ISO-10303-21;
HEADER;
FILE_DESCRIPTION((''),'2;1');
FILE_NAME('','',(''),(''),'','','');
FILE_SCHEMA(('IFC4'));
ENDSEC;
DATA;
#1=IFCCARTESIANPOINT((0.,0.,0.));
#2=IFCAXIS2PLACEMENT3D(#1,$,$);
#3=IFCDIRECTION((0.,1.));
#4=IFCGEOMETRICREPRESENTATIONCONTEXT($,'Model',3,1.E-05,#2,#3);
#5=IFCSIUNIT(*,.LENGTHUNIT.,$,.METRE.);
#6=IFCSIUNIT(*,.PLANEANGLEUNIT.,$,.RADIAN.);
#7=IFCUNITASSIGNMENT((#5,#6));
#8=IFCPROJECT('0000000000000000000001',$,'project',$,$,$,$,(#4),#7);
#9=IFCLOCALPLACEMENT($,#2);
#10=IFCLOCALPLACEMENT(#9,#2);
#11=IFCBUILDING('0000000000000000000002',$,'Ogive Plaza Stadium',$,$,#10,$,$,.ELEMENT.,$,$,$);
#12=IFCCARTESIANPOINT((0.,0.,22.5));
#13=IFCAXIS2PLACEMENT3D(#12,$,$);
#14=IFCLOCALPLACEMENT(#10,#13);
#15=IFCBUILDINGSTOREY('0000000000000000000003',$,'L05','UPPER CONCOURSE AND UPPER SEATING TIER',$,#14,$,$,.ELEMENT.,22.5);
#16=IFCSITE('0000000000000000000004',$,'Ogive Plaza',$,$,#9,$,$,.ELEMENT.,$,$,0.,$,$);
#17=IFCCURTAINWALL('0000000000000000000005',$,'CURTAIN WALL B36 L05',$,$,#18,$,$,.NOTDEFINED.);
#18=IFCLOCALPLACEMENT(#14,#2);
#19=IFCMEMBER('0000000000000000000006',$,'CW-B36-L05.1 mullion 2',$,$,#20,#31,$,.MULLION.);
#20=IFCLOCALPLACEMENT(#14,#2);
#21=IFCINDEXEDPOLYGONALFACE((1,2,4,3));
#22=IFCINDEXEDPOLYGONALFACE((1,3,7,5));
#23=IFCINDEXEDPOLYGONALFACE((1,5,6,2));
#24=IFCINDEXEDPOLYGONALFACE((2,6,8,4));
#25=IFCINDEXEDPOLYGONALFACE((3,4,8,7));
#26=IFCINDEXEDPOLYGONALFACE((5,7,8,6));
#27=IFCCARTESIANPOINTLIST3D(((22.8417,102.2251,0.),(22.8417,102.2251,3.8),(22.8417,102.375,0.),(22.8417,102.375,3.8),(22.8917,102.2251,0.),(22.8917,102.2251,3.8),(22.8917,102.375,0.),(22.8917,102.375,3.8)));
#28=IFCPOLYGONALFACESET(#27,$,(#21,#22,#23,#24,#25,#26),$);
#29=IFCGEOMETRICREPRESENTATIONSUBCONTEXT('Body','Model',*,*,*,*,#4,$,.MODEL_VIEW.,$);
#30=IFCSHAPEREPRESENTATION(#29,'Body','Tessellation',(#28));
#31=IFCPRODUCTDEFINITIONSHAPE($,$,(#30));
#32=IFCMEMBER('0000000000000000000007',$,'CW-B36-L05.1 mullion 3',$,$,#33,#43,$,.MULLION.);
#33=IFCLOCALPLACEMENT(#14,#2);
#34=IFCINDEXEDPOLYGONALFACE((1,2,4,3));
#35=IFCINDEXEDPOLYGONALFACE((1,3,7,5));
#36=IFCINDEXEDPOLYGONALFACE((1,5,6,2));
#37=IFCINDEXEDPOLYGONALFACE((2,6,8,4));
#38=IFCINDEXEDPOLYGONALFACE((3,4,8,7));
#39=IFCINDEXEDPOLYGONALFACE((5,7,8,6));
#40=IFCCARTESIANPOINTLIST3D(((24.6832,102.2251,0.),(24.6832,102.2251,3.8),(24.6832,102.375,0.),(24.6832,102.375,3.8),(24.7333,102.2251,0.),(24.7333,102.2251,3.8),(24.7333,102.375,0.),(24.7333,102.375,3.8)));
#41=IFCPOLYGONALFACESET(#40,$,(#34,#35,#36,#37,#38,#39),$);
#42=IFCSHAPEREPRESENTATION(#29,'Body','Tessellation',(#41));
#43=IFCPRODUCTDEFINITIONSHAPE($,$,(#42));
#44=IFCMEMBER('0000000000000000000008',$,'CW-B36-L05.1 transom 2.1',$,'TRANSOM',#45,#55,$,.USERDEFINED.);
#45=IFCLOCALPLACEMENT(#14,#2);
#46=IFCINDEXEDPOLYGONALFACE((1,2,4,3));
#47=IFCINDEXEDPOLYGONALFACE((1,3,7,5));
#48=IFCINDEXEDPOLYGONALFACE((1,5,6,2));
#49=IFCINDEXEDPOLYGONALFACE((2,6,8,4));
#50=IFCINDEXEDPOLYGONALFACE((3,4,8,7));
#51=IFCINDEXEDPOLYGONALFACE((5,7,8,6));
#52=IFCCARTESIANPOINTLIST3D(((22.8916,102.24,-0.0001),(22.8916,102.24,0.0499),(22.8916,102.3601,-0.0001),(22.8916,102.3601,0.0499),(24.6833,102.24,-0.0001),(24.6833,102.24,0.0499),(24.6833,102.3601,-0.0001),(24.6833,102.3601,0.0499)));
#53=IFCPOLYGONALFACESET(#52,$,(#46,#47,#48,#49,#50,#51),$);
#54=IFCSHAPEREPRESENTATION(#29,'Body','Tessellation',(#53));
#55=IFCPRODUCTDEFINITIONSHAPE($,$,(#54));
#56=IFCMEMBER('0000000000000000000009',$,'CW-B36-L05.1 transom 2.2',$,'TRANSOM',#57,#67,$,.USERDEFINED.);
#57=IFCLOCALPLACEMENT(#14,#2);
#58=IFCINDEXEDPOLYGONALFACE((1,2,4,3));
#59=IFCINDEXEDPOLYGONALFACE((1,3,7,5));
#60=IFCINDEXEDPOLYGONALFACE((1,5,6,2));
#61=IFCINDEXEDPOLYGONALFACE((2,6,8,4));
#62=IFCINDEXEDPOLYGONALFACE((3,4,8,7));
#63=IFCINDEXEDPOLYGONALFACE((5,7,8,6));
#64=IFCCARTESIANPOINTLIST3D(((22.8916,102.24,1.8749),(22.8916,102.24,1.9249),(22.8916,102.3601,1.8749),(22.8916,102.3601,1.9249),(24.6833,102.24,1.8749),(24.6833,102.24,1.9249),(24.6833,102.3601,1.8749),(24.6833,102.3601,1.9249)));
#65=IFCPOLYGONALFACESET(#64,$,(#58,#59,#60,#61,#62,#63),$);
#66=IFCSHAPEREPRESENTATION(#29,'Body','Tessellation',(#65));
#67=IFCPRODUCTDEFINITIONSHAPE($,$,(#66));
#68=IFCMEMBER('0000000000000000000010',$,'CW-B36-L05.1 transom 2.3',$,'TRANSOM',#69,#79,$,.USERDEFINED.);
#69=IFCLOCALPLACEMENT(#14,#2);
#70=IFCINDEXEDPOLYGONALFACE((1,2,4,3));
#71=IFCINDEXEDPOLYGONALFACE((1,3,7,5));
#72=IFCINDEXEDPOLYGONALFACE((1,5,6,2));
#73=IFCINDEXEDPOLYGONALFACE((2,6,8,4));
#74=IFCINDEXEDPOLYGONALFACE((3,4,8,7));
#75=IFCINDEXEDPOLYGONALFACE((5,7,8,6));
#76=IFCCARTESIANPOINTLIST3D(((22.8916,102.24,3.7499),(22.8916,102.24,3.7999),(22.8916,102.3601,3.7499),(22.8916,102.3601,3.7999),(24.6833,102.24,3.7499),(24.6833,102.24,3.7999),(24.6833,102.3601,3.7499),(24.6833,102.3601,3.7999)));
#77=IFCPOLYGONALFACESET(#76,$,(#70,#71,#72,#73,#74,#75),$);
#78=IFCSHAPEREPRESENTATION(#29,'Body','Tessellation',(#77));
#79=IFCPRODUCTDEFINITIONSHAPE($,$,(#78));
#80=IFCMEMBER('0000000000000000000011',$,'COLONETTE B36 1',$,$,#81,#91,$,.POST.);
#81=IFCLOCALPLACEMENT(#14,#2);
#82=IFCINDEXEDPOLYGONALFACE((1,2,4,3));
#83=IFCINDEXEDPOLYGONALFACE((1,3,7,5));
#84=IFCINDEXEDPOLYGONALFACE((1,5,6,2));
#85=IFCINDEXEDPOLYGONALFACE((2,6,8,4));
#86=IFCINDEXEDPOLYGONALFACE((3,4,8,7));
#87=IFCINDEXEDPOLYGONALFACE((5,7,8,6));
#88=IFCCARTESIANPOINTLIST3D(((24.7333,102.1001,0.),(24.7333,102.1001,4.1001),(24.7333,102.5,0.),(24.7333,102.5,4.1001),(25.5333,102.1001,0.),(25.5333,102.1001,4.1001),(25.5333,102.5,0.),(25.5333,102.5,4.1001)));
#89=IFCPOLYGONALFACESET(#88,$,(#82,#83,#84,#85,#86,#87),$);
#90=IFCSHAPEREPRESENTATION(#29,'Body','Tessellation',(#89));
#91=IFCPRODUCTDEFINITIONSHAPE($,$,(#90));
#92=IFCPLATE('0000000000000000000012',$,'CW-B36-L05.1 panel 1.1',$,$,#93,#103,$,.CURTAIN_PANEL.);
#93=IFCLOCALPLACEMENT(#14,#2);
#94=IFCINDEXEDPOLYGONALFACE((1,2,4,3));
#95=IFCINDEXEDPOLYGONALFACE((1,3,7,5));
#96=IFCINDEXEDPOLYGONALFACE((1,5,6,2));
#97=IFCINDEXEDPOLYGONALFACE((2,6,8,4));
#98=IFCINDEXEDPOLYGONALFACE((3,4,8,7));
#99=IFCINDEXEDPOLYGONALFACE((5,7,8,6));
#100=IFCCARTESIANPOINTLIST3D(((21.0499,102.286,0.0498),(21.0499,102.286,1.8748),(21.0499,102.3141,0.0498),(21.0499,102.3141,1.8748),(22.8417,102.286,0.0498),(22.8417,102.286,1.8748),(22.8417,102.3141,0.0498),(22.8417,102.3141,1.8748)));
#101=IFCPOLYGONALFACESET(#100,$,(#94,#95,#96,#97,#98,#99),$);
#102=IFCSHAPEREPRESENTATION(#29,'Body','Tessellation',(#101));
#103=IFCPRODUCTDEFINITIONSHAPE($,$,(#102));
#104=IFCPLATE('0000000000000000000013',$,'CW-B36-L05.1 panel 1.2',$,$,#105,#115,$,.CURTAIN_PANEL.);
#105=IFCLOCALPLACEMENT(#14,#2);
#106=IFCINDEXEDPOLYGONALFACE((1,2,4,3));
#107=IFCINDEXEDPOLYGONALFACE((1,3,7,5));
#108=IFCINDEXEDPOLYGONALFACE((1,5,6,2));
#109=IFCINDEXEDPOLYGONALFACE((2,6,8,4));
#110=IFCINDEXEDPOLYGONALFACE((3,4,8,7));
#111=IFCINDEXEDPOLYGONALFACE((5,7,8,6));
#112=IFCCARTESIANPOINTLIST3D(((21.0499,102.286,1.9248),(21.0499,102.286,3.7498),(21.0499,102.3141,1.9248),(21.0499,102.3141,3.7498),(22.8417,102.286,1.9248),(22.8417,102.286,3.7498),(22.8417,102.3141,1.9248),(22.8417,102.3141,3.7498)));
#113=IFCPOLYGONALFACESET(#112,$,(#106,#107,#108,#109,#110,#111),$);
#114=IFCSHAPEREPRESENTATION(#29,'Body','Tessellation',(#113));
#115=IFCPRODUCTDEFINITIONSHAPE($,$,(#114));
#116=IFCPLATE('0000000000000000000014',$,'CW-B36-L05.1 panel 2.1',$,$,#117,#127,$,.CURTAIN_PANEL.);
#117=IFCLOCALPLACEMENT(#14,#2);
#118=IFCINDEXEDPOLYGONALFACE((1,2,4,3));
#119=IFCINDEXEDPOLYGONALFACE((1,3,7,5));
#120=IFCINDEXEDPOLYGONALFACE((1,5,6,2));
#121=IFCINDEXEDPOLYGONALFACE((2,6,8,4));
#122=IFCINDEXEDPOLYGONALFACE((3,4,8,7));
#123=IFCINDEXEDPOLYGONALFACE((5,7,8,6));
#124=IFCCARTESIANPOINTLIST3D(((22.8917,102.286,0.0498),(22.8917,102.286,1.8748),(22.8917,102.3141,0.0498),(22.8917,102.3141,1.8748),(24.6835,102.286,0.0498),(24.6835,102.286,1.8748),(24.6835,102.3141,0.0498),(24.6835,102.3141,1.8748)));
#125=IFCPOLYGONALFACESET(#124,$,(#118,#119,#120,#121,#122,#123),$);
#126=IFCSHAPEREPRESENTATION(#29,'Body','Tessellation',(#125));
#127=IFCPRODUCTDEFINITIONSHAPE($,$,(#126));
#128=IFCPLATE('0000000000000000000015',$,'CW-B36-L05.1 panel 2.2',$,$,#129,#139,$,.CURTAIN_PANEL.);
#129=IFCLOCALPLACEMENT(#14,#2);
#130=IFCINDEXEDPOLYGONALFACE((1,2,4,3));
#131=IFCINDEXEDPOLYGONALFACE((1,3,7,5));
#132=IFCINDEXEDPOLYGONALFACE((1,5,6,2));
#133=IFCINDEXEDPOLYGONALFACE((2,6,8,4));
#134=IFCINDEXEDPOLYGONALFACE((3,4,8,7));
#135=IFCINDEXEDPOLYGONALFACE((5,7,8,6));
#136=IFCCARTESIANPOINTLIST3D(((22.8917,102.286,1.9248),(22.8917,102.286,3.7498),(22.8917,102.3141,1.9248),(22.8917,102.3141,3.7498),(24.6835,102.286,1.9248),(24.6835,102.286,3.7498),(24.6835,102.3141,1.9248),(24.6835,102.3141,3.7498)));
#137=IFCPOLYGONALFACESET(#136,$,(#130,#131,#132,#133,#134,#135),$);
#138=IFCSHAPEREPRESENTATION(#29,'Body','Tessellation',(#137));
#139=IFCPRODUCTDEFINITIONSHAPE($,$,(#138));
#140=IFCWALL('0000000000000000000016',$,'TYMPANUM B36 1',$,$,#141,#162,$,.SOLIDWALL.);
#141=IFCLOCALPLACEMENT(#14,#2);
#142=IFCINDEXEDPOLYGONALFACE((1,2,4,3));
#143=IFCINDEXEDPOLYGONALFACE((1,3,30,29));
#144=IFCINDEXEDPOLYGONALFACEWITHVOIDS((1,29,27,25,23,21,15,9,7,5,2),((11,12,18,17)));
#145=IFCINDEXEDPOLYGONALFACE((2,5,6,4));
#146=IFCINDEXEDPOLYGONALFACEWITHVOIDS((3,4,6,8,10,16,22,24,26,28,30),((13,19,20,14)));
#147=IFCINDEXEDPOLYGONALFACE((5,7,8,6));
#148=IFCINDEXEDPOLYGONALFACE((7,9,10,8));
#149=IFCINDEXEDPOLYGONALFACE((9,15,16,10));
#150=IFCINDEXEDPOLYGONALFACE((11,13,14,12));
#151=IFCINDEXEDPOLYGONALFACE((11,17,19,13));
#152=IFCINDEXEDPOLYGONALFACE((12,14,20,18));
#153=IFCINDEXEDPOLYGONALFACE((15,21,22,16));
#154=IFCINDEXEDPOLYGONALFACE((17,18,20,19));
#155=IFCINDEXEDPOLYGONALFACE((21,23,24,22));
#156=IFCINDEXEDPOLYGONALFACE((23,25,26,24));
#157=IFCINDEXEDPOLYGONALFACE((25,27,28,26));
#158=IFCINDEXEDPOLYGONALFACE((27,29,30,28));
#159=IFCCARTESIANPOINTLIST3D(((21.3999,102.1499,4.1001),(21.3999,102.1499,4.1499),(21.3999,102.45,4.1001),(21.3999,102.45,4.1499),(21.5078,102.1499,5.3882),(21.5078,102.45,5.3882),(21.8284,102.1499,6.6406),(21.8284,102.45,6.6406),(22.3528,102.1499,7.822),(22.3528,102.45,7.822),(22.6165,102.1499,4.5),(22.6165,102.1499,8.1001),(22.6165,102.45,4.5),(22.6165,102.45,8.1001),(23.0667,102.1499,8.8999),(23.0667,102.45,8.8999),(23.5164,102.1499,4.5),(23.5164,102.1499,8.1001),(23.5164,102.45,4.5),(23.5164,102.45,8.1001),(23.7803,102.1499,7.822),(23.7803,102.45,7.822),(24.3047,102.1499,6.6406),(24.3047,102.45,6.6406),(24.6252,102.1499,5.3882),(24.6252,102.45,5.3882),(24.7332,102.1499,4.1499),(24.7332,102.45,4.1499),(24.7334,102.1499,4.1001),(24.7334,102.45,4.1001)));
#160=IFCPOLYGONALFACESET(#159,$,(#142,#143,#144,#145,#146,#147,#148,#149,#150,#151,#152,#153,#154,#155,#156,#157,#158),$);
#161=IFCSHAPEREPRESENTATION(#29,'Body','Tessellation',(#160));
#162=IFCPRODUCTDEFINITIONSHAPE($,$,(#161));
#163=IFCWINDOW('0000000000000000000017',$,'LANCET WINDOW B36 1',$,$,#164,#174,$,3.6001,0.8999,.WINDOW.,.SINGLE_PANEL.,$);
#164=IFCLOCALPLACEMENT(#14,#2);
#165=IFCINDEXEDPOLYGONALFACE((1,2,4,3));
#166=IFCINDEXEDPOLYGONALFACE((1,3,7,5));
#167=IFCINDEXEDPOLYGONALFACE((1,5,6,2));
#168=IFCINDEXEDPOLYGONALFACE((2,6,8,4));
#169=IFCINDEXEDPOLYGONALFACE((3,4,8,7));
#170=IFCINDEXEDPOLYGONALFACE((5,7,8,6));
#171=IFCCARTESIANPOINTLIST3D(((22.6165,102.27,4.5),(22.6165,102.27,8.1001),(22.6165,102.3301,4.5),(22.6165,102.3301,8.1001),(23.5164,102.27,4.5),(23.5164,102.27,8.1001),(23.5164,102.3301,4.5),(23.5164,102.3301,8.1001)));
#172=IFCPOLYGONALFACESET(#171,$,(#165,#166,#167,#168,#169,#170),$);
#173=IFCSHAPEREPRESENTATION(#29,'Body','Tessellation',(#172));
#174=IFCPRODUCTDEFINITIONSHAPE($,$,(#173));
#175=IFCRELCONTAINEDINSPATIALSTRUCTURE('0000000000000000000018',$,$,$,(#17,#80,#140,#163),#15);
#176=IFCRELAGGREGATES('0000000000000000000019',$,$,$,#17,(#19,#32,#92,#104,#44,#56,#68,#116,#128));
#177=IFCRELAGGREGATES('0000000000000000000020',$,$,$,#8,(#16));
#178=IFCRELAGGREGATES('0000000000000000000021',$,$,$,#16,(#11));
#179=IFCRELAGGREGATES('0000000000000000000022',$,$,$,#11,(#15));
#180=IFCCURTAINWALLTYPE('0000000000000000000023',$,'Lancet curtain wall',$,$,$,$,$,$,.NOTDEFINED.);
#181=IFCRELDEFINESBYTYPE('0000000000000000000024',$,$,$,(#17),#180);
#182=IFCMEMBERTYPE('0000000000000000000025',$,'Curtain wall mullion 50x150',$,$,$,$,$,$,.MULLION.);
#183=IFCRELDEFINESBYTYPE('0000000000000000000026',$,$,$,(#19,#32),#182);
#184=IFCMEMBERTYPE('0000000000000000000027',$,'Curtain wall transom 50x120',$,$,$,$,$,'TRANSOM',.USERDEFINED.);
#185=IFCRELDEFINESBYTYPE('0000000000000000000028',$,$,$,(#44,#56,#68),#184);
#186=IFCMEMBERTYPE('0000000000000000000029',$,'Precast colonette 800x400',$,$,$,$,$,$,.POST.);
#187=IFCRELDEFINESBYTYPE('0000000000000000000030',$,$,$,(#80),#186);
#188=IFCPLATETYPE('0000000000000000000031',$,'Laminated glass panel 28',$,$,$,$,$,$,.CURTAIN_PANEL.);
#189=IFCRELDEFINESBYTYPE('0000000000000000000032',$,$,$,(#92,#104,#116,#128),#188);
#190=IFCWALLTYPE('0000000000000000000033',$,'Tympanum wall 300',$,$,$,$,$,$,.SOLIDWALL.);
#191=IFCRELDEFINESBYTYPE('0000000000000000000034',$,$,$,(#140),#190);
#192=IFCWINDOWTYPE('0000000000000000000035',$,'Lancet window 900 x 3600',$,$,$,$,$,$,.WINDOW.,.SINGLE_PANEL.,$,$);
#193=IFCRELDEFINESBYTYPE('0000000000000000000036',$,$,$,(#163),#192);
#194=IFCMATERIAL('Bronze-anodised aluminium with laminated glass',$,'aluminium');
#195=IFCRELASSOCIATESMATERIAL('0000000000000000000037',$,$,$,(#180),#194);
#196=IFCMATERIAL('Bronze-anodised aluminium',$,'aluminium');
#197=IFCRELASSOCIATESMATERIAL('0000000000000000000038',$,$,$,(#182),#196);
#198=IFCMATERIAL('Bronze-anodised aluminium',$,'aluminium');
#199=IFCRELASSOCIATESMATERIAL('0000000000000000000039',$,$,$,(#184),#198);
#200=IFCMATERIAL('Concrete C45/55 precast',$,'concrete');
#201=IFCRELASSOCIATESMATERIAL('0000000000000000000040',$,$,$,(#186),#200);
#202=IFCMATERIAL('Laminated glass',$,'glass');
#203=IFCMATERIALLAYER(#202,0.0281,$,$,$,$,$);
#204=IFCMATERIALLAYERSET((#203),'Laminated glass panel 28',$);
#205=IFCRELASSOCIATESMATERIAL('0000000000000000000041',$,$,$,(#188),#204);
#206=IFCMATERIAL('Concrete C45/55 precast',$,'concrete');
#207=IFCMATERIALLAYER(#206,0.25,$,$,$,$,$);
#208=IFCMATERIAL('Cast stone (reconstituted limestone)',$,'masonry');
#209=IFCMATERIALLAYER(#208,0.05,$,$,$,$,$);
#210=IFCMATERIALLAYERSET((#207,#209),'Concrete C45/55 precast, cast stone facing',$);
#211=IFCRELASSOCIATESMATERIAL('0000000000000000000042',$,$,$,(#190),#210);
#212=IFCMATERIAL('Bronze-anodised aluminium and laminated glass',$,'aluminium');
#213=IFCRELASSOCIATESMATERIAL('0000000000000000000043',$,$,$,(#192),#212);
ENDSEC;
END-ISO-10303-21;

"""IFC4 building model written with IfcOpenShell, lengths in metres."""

from ifc_helpers import new_model, si_unit, direction, frame, frame_2d, origin, origin_2d, place, context, subcontext, project, spatial, polyline, rectangle, outline, extrude, material, layer, layer_set, material_profile, profile_set, type_object, element, fill, aggregate, save


model = new_model("IFC4")

# Units and contexts
model_context = context("Model", 3, precision=1e-05, world=origin(), true_north=direction((0.0, 1.0)))
body_context = subcontext(model_context, "Body", "Model", "MODEL_VIEW")
ifc_project = project(units=[si_unit("LENGTHUNIT", "METRE"), si_unit("PLANEANGLEUNIT", "RADIAN")], contexts=[model_context])

# Site, building, storey
site_placement = place(None, origin())
site = spatial("IfcSite", under=ifc_project, at=site_placement, Name="Ogive Plaza", CompositionType="ELEMENT", RefElevation=0.0)
building_placement = place(site_placement, origin())
building = spatial("IfcBuilding", under=site, at=building_placement, Name="Ogive Plaza Stadium", CompositionType="ELEMENT")
storey_placement = place(building_placement, frame((0.0, 0.0, 22.5)))
storey = spatial("IfcBuildingStorey", under=building, at=storey_placement, Name="L05", Description="UPPER CONCOURSE AND UPPER SEATING TIER", CompositionType="ELEMENT", Elevation=22.5)

# Curtain wall, members
ifc_material_1 = material(Name="Bronze-anodised aluminium with laminated glass", Category="aluminium")
curtain_wall_type = type_object("IfcCurtainWallType", Name="Lancet curtain wall", PredefinedType="NOTDEFINED", material=ifc_material_1)
curtain_wall_placement = place(storey_placement, origin())
curtain_wall = element("IfcCurtainWall", 1, at=curtain_wall_placement, inside=storey, type_object=curtain_wall_type, Name="CURTAIN WALL B36 L05", PredefinedType="NOTDEFINED")
ifc_material_2 = material(Name="Bronze-anodised aluminium", Category="aluminium")
ifc_material_profile_1 = material_profile(ifc_material_2, rectangle(XDim=0.1499, YDim=0.05, at=origin_2d()), Name="AL 150x50")
ifc_profile_set_1 = profile_set([ifc_material_profile_1], Name="Bronze-anodised aluminium")
member_type_1 = type_object("IfcMemberType", Name="Curtain wall mullion 50x150", PredefinedType="MULLION", material=ifc_profile_set_1)
member_1_placement = place(storey_placement, frame((22.8667, 102.3, 0.0), z_axis=(0.0, 0.0, 1.0), x_axis=(0.0, 1.0, 0.0)))
member_1 = element("IfcMember", 2, at=member_1_placement, type_object=member_type_1, Name="CW-B36-L05.1 mullion 2", PredefinedType="MULLION", context=body_context, shape_type="SweptSolid", body=[
    extrude(rectangle(XDim=0.1499, YDim=0.05, at=origin_2d()), origin(), (0.0, 0.0, 1.0), 3.8),
])
member_2_placement = place(storey_placement, frame((24.7083, 102.3, 0.0), z_axis=(0.0, 0.0, 1.0), x_axis=(0.0, 1.0, 0.0)))
member_2 = element("IfcMember", 3, at=member_2_placement, type_object=member_type_1, Name="CW-B36-L05.1 mullion 3", PredefinedType="MULLION", context=body_context, shape_type="SweptSolid", body=[
    extrude(rectangle(XDim=0.1499, YDim=0.05, at=origin_2d()), origin(), (0.0, 0.0, 1.0), 3.8),
])
ifc_material_3 = material(Name="Bronze-anodised aluminium", Category="aluminium")
ifc_material_profile_2 = material_profile(ifc_material_3, rectangle(XDim=0.1201, YDim=0.05, at=origin_2d()), Name="AL 120x50")
ifc_profile_set_2 = profile_set([ifc_material_profile_2], Name="Bronze-anodised aluminium")
member_type_2 = type_object("IfcMemberType", Name="Curtain wall transom 50x120", ElementType="TRANSOM", PredefinedType="USERDEFINED", material=ifc_profile_set_2)
member_3_placement = place(storey_placement, frame((22.8916, 102.3, 0.0249), z_axis=(1.0, 0.0, 0.0), x_axis=(0.0, 1.0, 0.0)))
member_3 = element("IfcMember", 4, at=member_3_placement, type_object=member_type_2, Name="CW-B36-L05.1 transom 2.1", ObjectType="TRANSOM", PredefinedType="USERDEFINED", context=body_context, shape_type="SweptSolid", body=[
    extrude(rectangle(XDim=0.1201, YDim=0.05, at=origin_2d()), origin(), (0.0, 0.0, 1.0), 1.7917),
])
member_4_placement = place(storey_placement, frame((22.8916, 102.3, 1.8999), z_axis=(1.0, 0.0, 0.0), x_axis=(0.0, 1.0, 0.0)))
member_4 = element("IfcMember", 5, at=member_4_placement, type_object=member_type_2, Name="CW-B36-L05.1 transom 2.2", ObjectType="TRANSOM", PredefinedType="USERDEFINED", context=body_context, shape_type="SweptSolid", body=[
    extrude(rectangle(XDim=0.1201, YDim=0.05, at=origin_2d()), origin(), (0.0, 0.0, 1.0), 1.7917),
])
member_5_placement = place(storey_placement, frame((22.8916, 102.3, 3.7749), z_axis=(1.0, 0.0, 0.0), x_axis=(0.0, 1.0, 0.0)))
member_5 = element("IfcMember", 6, at=member_5_placement, type_object=member_type_2, Name="CW-B36-L05.1 transom 2.3", ObjectType="TRANSOM", PredefinedType="USERDEFINED", context=body_context, shape_type="SweptSolid", body=[
    extrude(rectangle(XDim=0.1201, YDim=0.05, at=origin_2d()), origin(), (0.0, 0.0, 1.0), 1.7917),
])

# Member
ifc_material_4 = material(Name="Concrete C45/55 precast", Category="concrete")
ifc_material_profile_3 = material_profile(ifc_material_4, rectangle(XDim=0.3999, YDim=0.8, at=origin_2d()), Name="RC 400x800")
ifc_profile_set_3 = profile_set([ifc_material_profile_3], Name="Concrete C45/55 precast")
member_type_3 = type_object("IfcMemberType", Name="Precast colonette 800x400", PredefinedType="POST", material=ifc_profile_set_3)
member_6_placement = place(storey_placement, frame((25.1333, 102.3, 0.0), z_axis=(0.0, 0.0, 1.0), x_axis=(0.0, 1.0, 0.0)))
element("IfcMember", 7, at=member_6_placement, inside=storey, type_object=member_type_3, Name="COLONETTE B36 1", PredefinedType="POST", context=body_context, shape_type="SweptSolid", body=[
    extrude(rectangle(XDim=0.3999, YDim=0.8, at=origin_2d()), origin(), (0.0, 0.0, 1.0), 4.1001),
])

# Plates
ifc_material_5 = material(Name="Laminated glass", Category="glass")
ifc_layer_1 = layer(ifc_material_5, 0.0281)
ifc_layer_set_1 = layer_set([ifc_layer_1], Name="Laminated glass panel 28")
plate_type = type_object("IfcPlateType", Name="Laminated glass panel 28", PredefinedType="CURTAIN_PANEL", material=ifc_layer_set_1)
plate_1_placement = place(storey_placement, frame((21.9458, 102.3, 0.0498), z_axis=(0.0, 0.0, 1.0), x_axis=(1.0, 0.0, 0.0)))
plate_1 = element("IfcPlate", 8, at=plate_1_placement, type_object=plate_type, Name="CW-B36-L05.1 panel 1.1", PredefinedType="CURTAIN_PANEL", context=body_context, shape_type="SweptSolid", body=[
    extrude(rectangle(XDim=1.7917, YDim=0.0281, at=origin_2d()), origin(), (0.0, 0.0, 1.0), 1.825),
])
plate_2_placement = place(storey_placement, frame((21.9458, 102.3, 1.9248), z_axis=(0.0, 0.0, 1.0), x_axis=(1.0, 0.0, 0.0)))
plate_2 = element("IfcPlate", 9, at=plate_2_placement, type_object=plate_type, Name="CW-B36-L05.1 panel 1.2", PredefinedType="CURTAIN_PANEL", context=body_context, shape_type="SweptSolid", body=[
    extrude(rectangle(XDim=1.7917, YDim=0.0281, at=origin_2d()), origin(), (0.0, 0.0, 1.0), 1.825),
])
plate_3_placement = place(storey_placement, frame((23.7876, 102.3, 0.0498), z_axis=(0.0, 0.0, 1.0), x_axis=(1.0, 0.0, 0.0)))
plate_3 = element("IfcPlate", 10, at=plate_3_placement, type_object=plate_type, Name="CW-B36-L05.1 panel 2.1", PredefinedType="CURTAIN_PANEL", context=body_context, shape_type="SweptSolid", body=[
    extrude(rectangle(XDim=1.7917, YDim=0.0281, at=origin_2d()), origin(), (0.0, 0.0, 1.0), 1.825),
])
plate_4_placement = place(storey_placement, frame((23.7876, 102.3, 1.9248), z_axis=(0.0, 0.0, 1.0), x_axis=(1.0, 0.0, 0.0)))
plate_4 = element("IfcPlate", 11, at=plate_4_placement, type_object=plate_type, Name="CW-B36-L05.1 panel 2.2", PredefinedType="CURTAIN_PANEL", context=body_context, shape_type="SweptSolid", body=[
    extrude(rectangle(XDim=1.7917, YDim=0.0281, at=origin_2d()), origin(), (0.0, 0.0, 1.0), 1.825),
])
aggregate(curtain_wall, [member_1, member_2, plate_1, plate_2, member_3, member_4, member_5, plate_3, plate_4])

# Wall, opening, window
ifc_material_6 = material(Name="Concrete C45/55 precast", Category="concrete")
ifc_layer_2 = layer(ifc_material_6, 0.25)
ifc_material_7 = material(Name="Cast stone (reconstituted limestone)", Category="masonry")
ifc_layer_3 = layer(ifc_material_7, 0.05)
ifc_layer_set_2 = layer_set([ifc_layer_2, ifc_layer_3], Name="Concrete C45/55 precast, cast stone facing")
wall_type = type_object("IfcWallType", Name="Tympanum wall 300", PredefinedType="SOLIDWALL", material=ifc_layer_set_2)
wall_placement = place(storey_placement, frame((21.3999, 102.3, 4.1001), z_axis=(0.0, 0.0, 1.0), x_axis=(1.0, 0.0, 0.0)))
wall = element("IfcWall", 12, at=wall_placement, inside=storey, type_object=wall_type, Name="TYMPANUM B36 1", PredefinedType="SOLIDWALL", context=body_context, shape_type="SweptSolid", body=[
    extrude(outline(polyline([(0.0, 0.0), (3.3335, 0.0), (3.3333, 0.0498), (3.2253, 1.2881), (2.9048, 2.5405), (2.3804, 3.7219), (1.6667, 4.7998), (0.9529, 3.7219), (0.4285, 2.5405), (0.1079, 1.2881), (0.0, 0.0498), (0.0, 0.0)])), frame((0.0, 0.1499, 0.0), z_axis=(0.0, -1.0, 0.0), x_axis=(1.0, 0.0, 0.0)), (0.0, 0.0, 1.0), 0.3),
])
opening_placement = place(wall_placement, frame((1.2166, 0.0, 0.3999)))
opening = element("IfcOpeningElement", 13, at=opening_placement, cuts=wall, PredefinedType="OPENING", context=body_context, shape_type="SweptSolid", body=[
    extrude(rectangle(XDim=0.8999, YDim=3.6001, at=frame_2d((0.45, 1.8))), frame((0.0, 0.1602, 0.0), z_axis=(0.0, -1.0, 0.0), x_axis=(1.0, 0.0, 0.0)), (0.0, 0.0, 1.0), 0.3201),
])
ifc_material_8 = material(Name="Bronze-anodised aluminium and laminated glass", Category="aluminium")
window_type = type_object("IfcWindowType", Name="Lancet window 900 x 3600", PartitioningType="SINGLE_PANEL", PredefinedType="WINDOW", material=ifc_material_8)
window_placement = place(opening_placement, origin())
window = element("IfcWindow", 14, at=window_placement, inside=storey, type_object=window_type, Name="LANCET WINDOW B36 1", OverallHeight=3.6001, OverallWidth=0.8999, PartitioningType="SINGLE_PANEL", PredefinedType="WINDOW", context=body_context, shape_type="SweptSolid", body=[
    extrude(rectangle(XDim=0.8999, YDim=3.6001, at=frame_2d((0.45, 1.8))), frame((0.0, 0.03, 0.0), z_axis=(0.0, -1.0, 0.0), x_axis=(1.0, 0.0, 0.0)), (0.0, 0.0, 1.0), 0.0601),
])
fill(opening, window)

save(model, "model.ifc")
